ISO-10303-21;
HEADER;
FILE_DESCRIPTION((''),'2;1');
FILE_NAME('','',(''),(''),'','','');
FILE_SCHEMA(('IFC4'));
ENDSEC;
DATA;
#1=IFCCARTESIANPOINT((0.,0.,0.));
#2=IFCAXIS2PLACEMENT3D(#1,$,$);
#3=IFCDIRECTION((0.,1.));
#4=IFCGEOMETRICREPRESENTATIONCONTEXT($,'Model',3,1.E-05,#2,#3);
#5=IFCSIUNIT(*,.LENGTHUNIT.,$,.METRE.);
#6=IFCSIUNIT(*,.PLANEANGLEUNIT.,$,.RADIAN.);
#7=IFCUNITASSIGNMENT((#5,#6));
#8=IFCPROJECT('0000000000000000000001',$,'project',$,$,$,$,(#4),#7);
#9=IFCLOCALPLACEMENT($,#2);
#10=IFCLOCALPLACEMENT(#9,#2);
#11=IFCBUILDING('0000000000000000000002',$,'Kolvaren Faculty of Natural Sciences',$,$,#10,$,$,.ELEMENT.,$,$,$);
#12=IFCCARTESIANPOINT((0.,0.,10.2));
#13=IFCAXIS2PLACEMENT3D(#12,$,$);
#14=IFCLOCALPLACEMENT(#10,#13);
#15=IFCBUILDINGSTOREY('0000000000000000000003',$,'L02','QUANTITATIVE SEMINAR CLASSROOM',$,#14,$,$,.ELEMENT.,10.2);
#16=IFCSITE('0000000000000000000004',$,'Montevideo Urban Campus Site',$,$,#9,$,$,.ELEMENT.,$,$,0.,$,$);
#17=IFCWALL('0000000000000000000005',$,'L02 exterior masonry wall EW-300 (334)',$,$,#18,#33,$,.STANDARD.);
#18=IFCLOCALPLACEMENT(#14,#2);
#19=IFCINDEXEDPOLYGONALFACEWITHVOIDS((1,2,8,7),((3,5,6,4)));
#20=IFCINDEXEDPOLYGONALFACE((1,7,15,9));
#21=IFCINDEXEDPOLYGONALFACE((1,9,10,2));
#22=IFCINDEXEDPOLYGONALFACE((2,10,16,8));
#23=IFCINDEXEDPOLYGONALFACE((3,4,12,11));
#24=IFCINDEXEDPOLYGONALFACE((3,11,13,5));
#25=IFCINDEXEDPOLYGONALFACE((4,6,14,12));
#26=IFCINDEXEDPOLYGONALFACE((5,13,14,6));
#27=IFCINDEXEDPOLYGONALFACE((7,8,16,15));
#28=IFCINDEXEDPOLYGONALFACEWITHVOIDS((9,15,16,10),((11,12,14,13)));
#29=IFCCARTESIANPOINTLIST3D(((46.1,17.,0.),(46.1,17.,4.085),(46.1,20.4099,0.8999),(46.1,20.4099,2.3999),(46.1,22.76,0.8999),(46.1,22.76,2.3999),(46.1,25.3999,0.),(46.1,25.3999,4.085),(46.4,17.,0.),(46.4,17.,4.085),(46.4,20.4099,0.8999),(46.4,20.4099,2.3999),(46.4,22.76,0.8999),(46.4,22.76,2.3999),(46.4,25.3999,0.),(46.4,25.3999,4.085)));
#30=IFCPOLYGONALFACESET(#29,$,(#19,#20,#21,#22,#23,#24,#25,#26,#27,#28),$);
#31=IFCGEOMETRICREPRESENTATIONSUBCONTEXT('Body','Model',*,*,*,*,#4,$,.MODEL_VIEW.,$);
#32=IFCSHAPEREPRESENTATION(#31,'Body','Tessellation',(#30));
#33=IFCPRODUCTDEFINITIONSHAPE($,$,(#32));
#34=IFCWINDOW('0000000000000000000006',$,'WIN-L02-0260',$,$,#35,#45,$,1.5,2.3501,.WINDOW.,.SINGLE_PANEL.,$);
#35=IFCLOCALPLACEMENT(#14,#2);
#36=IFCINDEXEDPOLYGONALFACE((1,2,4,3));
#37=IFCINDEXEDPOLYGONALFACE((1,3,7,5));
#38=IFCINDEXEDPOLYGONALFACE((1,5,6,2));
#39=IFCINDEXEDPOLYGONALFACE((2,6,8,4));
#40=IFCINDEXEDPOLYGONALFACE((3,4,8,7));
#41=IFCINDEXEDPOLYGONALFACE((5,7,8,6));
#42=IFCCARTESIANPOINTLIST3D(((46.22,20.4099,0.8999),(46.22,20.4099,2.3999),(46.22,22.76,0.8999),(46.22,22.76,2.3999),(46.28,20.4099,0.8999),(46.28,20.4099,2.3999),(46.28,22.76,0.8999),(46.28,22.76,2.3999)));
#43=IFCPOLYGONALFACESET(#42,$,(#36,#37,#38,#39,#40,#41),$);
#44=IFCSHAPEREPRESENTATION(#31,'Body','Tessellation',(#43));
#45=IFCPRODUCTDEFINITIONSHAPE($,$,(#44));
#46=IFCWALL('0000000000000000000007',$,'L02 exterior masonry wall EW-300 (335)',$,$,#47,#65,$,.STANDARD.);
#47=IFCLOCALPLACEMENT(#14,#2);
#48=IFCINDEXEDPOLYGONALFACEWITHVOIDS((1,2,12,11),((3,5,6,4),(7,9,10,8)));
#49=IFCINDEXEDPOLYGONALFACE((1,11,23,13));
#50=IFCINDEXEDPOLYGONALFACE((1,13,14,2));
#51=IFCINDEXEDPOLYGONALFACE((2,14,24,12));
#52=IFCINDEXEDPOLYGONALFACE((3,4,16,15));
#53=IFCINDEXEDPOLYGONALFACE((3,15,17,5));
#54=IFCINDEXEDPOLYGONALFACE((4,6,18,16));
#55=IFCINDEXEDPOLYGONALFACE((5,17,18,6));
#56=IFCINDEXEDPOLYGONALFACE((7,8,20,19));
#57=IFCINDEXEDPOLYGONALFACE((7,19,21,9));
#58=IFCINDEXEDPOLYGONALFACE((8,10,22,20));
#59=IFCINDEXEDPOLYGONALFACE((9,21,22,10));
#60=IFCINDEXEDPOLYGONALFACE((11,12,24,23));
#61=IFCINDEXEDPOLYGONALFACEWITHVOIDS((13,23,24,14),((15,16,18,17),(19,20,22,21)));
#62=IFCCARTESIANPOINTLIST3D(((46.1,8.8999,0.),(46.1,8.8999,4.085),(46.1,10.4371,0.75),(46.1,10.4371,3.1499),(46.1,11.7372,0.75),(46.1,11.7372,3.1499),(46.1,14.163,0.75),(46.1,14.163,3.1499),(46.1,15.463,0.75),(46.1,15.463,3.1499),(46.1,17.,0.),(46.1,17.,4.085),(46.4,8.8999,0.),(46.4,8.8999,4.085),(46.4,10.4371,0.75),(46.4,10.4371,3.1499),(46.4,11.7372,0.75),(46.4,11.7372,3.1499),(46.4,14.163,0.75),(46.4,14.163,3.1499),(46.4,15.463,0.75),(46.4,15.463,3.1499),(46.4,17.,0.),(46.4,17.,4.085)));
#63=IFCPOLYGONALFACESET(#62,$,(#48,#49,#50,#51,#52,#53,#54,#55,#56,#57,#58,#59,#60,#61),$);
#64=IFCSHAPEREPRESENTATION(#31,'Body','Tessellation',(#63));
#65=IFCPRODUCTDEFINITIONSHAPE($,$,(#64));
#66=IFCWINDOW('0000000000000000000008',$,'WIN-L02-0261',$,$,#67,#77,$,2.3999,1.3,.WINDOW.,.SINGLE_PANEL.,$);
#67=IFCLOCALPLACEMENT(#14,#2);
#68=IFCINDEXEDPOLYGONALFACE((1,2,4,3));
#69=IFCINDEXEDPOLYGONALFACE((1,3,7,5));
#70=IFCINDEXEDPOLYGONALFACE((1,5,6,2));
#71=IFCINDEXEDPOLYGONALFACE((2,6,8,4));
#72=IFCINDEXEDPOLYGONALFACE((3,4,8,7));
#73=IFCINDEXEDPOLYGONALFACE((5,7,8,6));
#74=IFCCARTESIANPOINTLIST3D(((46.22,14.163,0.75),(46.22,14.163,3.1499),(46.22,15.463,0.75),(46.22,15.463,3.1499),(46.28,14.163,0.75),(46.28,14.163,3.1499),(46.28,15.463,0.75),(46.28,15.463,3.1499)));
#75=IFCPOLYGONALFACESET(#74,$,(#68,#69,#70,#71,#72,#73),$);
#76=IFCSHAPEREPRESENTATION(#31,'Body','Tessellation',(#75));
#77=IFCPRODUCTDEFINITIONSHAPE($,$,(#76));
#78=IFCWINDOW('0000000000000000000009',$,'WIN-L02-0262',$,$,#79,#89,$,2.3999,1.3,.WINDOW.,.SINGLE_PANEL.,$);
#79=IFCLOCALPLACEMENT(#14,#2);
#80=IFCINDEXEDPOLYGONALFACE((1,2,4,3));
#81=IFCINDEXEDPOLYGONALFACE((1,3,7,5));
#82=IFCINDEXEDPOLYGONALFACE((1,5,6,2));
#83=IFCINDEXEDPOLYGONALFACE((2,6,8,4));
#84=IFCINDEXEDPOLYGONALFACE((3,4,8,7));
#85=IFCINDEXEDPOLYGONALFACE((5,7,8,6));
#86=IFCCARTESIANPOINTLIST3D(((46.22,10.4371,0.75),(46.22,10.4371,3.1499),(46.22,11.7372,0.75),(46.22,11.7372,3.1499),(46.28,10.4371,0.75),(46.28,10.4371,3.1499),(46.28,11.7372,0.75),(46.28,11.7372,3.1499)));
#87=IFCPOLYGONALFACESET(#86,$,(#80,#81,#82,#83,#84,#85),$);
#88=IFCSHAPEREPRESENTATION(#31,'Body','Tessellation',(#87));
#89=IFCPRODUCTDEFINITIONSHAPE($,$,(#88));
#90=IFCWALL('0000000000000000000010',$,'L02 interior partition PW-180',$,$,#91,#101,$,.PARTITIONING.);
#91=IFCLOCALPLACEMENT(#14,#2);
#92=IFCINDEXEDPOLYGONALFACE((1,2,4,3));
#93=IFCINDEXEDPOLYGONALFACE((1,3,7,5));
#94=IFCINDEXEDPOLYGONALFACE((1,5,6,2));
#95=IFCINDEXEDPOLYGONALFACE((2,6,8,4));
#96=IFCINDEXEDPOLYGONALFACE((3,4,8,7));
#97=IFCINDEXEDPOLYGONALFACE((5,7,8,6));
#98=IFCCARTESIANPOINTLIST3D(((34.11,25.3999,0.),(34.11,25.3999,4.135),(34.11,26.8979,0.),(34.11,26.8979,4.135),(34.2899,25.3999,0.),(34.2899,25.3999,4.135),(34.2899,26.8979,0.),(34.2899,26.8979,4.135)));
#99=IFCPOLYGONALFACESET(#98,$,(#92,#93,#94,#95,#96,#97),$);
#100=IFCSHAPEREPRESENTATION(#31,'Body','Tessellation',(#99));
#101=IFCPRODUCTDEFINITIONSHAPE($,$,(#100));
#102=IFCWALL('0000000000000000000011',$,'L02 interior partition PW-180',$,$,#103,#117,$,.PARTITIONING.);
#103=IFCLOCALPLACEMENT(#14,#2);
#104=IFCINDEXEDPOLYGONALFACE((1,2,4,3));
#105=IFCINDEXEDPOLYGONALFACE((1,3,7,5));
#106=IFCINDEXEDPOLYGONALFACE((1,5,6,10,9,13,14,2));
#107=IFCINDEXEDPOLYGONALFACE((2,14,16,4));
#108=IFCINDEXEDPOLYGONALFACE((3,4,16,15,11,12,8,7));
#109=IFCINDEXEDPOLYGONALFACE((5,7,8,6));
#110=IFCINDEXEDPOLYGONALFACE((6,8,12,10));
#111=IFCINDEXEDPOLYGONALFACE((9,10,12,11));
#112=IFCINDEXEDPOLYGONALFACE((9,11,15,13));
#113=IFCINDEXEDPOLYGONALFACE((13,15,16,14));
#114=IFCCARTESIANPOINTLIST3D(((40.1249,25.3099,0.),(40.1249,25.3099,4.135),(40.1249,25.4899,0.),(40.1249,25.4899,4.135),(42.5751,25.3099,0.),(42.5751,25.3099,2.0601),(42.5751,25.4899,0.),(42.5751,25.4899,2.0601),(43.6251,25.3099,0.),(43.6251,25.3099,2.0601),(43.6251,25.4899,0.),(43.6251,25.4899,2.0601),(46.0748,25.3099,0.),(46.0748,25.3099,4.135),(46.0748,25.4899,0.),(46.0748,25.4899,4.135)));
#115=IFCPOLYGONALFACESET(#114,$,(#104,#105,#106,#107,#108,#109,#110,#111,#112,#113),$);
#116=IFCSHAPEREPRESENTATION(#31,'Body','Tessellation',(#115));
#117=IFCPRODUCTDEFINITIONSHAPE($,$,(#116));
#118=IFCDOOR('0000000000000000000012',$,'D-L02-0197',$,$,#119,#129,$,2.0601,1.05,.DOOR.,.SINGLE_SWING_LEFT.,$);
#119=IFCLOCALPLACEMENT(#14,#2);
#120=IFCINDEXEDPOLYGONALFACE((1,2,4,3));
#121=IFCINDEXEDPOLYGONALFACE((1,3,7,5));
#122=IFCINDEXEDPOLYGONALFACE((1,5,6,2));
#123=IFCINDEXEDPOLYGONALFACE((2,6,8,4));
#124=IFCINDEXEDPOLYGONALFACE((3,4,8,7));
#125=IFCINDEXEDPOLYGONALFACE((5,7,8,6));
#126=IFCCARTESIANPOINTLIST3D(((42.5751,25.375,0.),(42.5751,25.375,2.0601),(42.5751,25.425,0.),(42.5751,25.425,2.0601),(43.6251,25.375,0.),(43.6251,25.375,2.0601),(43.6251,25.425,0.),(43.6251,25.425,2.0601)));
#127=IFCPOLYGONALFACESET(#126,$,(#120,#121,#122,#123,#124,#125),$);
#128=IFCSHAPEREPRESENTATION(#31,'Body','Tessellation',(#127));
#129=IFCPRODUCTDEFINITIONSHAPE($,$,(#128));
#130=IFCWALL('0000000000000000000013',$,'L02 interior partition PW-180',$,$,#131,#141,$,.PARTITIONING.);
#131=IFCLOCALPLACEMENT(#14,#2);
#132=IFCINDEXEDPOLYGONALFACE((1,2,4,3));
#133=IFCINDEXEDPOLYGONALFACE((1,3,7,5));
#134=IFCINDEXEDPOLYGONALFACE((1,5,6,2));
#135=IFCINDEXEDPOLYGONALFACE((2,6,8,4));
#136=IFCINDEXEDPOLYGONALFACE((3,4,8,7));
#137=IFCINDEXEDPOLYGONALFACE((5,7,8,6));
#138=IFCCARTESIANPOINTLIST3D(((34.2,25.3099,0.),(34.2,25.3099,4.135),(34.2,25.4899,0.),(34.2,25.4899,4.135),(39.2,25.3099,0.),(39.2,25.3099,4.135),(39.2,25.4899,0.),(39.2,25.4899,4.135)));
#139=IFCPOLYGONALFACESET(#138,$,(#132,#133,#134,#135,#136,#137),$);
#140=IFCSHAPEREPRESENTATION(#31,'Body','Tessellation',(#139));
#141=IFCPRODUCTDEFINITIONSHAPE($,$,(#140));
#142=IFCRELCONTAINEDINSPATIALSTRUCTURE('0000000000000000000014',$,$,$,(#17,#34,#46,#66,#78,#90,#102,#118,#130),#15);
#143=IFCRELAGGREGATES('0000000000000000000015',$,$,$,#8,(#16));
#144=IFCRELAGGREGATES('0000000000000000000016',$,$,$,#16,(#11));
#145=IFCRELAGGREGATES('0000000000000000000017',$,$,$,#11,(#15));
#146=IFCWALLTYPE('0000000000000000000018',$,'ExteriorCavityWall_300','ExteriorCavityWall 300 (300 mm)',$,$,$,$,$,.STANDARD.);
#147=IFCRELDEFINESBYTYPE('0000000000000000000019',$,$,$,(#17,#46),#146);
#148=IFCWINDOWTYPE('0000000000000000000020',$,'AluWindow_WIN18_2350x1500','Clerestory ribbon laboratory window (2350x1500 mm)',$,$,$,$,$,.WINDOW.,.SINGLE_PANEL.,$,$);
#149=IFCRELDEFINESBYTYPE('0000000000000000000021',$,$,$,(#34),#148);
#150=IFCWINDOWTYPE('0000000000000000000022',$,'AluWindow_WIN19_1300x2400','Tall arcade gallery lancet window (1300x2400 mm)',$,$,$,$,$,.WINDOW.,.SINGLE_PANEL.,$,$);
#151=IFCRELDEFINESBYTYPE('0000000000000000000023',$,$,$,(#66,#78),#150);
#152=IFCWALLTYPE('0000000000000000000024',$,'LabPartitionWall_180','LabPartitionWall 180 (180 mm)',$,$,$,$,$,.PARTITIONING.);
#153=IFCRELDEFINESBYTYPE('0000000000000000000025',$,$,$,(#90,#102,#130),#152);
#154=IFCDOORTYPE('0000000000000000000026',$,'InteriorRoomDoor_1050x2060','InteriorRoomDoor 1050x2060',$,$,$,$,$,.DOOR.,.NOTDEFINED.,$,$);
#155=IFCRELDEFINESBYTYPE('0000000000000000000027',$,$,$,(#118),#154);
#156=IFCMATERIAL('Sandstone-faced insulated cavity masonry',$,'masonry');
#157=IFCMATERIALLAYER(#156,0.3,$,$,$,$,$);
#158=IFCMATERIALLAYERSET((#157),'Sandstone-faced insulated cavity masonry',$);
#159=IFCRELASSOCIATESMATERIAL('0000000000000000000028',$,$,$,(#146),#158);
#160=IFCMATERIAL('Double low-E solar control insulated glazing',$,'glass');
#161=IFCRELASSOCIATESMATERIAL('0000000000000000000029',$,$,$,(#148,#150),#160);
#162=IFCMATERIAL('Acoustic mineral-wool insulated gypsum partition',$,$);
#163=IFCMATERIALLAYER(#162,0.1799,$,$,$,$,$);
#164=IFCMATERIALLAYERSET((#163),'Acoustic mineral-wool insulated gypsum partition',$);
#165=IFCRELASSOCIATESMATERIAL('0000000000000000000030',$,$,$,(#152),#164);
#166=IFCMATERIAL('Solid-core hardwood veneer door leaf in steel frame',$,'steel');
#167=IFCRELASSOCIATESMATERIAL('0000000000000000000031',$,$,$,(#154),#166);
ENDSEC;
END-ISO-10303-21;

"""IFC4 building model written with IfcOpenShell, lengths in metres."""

from ifc_helpers import new_model, si_unit, direction, frame, frame_2d, origin, place, context, subcontext, project, spatial, rectangle, extrude, material, layer, layer_set, type_object, element, fill, save


model = new_model("IFC4")

# Units and contexts
model_context = context("Model", 3, precision=1e-05, world=origin(), true_north=direction((0.0, 1.0)))
body_context = subcontext(model_context, "Body", "Model", "MODEL_VIEW")
ifc_project = project(units=[si_unit("LENGTHUNIT", "METRE"), si_unit("PLANEANGLEUNIT", "RADIAN")], contexts=[model_context])

# Site, building, storey
site_placement = place(None, origin())
site = spatial("IfcSite", under=ifc_project, at=site_placement, Name="Montevideo Urban Campus Site", CompositionType="ELEMENT", RefElevation=0.0)
building_placement = place(site_placement, origin())
building = spatial("IfcBuilding", under=site, at=building_placement, Name="Kolvaren Faculty of Natural Sciences", CompositionType="ELEMENT")
storey_placement = place(building_placement, frame((0.0, 0.0, 10.2)))
storey = spatial("IfcBuildingStorey", under=building, at=storey_placement, Name="L02", Description="QUANTITATIVE SEMINAR CLASSROOM", CompositionType="ELEMENT", Elevation=10.2)

# Shared definitions
ifc_material_1 = material(Name="Acoustic mineral-wool insulated gypsum partition")
ifc_material_2 = material(Name="Solid-core hardwood veneer door leaf in steel frame", Category="steel")

# Wall, opening, window
ifc_material_3 = material(Name="Sandstone-faced insulated cavity masonry", Category="masonry")
ifc_layer_1 = layer(ifc_material_3, 0.3)
ifc_layer_set_1 = layer_set([ifc_layer_1], Name="Sandstone-faced insulated cavity masonry")
wall_type_1 = type_object("IfcWallType", Name="ExteriorCavityWall_300", Description="ExteriorCavityWall 300 (300 mm)", PredefinedType="STANDARD", material=ifc_layer_set_1)
wall_1_placement = place(storey_placement, frame((46.25, 25.3999, 0.0), z_axis=(0.0, 0.0, 1.0), x_axis=(0.0, -1.0, 0.0)))
wall_1 = element("IfcWall", 1, at=wall_1_placement, inside=storey, type_object=wall_type_1, Name="L02 exterior masonry wall EW-300 (334)", PredefinedType="STANDARD", context=body_context, shape_type="SweptSolid", body=[
    extrude(rectangle(XDim=8.3999, YDim=0.3, at=frame_2d((4.2, 0.0))), origin(), (0.0, 0.0, 1.0), 4.085),
])
opening_1_placement = place(wall_1_placement, frame((2.6399, 0.0, 0.8999)))
opening_1 = element("IfcOpeningElement", 2, at=opening_1_placement, cuts=wall_1, PredefinedType="OPENING", context=body_context, shape_type="SweptSolid", body=[
    extrude(rectangle(XDim=2.3501, YDim=1.5, at=frame_2d((1.175, 0.75))), frame((0.0, 0.1599, 0.0), z_axis=(0.0, -1.0, 0.0), x_axis=(1.0, 0.0, 0.0)), (0.0, 0.0, 1.0), 0.3201),
])
ifc_material_4 = material(Name="Double low-E solar control insulated glazing", Category="glass")
window_type_1 = type_object("IfcWindowType", Name="AluWindow_WIN18_2350x1500", Description="Clerestory ribbon laboratory window (2350x1500 mm)", PartitioningType="SINGLE_PANEL", PredefinedType="WINDOW", material=ifc_material_4)
window_1_placement = place(opening_1_placement, origin())
window_1 = element("IfcWindow", 3, at=window_1_placement, inside=storey, type_object=window_type_1, Name="WIN-L02-0260", OverallHeight=1.5, OverallWidth=2.3501, PartitioningType="SINGLE_PANEL", PredefinedType="WINDOW", context=body_context, shape_type="SweptSolid", body=[
    extrude(rectangle(XDim=2.3501, YDim=1.5, at=frame_2d((1.175, 0.75))), frame((0.0, 0.03, 0.0), z_axis=(0.0, -1.0, 0.0), x_axis=(1.0, 0.0, 0.0)), (0.0, 0.0, 1.0), 0.0601),
])
fill(opening_1, window_1)

# Wall, openings, windows
wall_2_placement = place(storey_placement, frame((46.25, 17.0, 0.0), z_axis=(0.0, 0.0, 1.0), x_axis=(0.0, -1.0, 0.0)))
wall_2 = element("IfcWall", 4, at=wall_2_placement, inside=storey, type_object=wall_type_1, Name="L02 exterior masonry wall EW-300 (335)", PredefinedType="STANDARD", context=body_context, shape_type="SweptSolid", body=[
    extrude(rectangle(XDim=8.1001, YDim=0.3, at=frame_2d((4.05, 0.0))), origin(), (0.0, 0.0, 1.0), 4.085),
])
opening_2_placement = place(wall_2_placement, frame((1.5371, 0.0, 0.75)))
opening_2 = element("IfcOpeningElement", 5, at=opening_2_placement, cuts=wall_2, PredefinedType="OPENING", context=body_context, shape_type="SweptSolid", body=[
    extrude(rectangle(XDim=1.3, YDim=2.3999, at=frame_2d((0.6499, 1.2))), frame((0.0, 0.1599, 0.0), z_axis=(0.0, -1.0, 0.0), x_axis=(1.0, 0.0, 0.0)), (0.0, 0.0, 1.0), 0.3201),
])
opening_3_placement = place(wall_2_placement, frame((5.2629, 0.0, 0.75)))
opening_3 = element("IfcOpeningElement", 6, at=opening_3_placement, cuts=wall_2, PredefinedType="OPENING", context=body_context, shape_type="SweptSolid", body=[
    extrude(rectangle(XDim=1.3, YDim=2.3999, at=frame_2d((0.6499, 1.2))), frame((0.0, 0.1599, 0.0), z_axis=(0.0, -1.0, 0.0), x_axis=(1.0, 0.0, 0.0)), (0.0, 0.0, 1.0), 0.3201),
])
window_type_2 = type_object("IfcWindowType", Name="AluWindow_WIN19_1300x2400", Description="Tall arcade gallery lancet window (1300x2400 mm)", PartitioningType="SINGLE_PANEL", PredefinedType="WINDOW", material=ifc_material_4)
window_2_placement = place(opening_2_placement, origin())
window_2 = element("IfcWindow", 7, at=window_2_placement, inside=storey, type_object=window_type_2, Name="WIN-L02-0261", OverallHeight=2.3999, OverallWidth=1.3, PartitioningType="SINGLE_PANEL", PredefinedType="WINDOW", context=body_context, shape_type="SweptSolid", body=[
    extrude(rectangle(XDim=1.3, YDim=2.3999, at=frame_2d((0.6499, 1.2))), frame((0.0, 0.03, 0.0), z_axis=(0.0, -1.0, 0.0), x_axis=(1.0, 0.0, 0.0)), (0.0, 0.0, 1.0), 0.0601),
])
fill(opening_2, window_2)
window_3_placement = place(opening_3_placement, origin())
window_3 = element("IfcWindow", 8, at=window_3_placement, inside=storey, type_object=window_type_2, Name="WIN-L02-0262", OverallHeight=2.3999, OverallWidth=1.3, PartitioningType="SINGLE_PANEL", PredefinedType="WINDOW", context=body_context, shape_type="SweptSolid", body=[
    extrude(rectangle(XDim=1.3, YDim=2.3999, at=frame_2d((0.6499, 1.2))), frame((0.0, 0.03, 0.0), z_axis=(0.0, -1.0, 0.0), x_axis=(1.0, 0.0, 0.0)), (0.0, 0.0, 1.0), 0.0601),
])
fill(opening_3, window_3)

# Wall
ifc_layer_2 = layer(ifc_material_1, 0.1799)
ifc_layer_set_2 = layer_set([ifc_layer_2], Name="Acoustic mineral-wool insulated gypsum partition")
wall_type_2 = type_object("IfcWallType", Name="LabPartitionWall_180", Description="LabPartitionWall 180 (180 mm)", PredefinedType="PARTITIONING", material=ifc_layer_set_2)
wall_3_placement = place(storey_placement, frame((34.2, 25.3999, 0.0), z_axis=(0.0, 0.0, 1.0), x_axis=(0.0, 1.0, 0.0)))
element("IfcWall", 9, at=wall_3_placement, inside=storey, type_object=wall_type_2, Name="L02 interior partition PW-180", PredefinedType="PARTITIONING", context=body_context, shape_type="SweptSolid", body=[
    extrude(rectangle(XDim=1.498, YDim=0.1799, at=frame_2d((0.749, 0.0))), origin(), (0.0, 0.0, 1.0), 4.135),
])

# Wall, opening, door
wall_4_placement = place(storey_placement, frame((46.075, 25.3999, 0.0), z_axis=(0.0, 0.0, 1.0), x_axis=(-1.0, 0.0, 0.0)))
wall_4 = element("IfcWall", 10, at=wall_4_placement, inside=storey, type_object=wall_type_2, Name="L02 interior partition PW-180", PredefinedType="PARTITIONING", context=body_context, shape_type="SweptSolid", body=[
    extrude(rectangle(XDim=5.95, YDim=0.1799, at=frame_2d((2.9751, 0.0))), origin(), (0.0, 0.0, 1.0), 4.135),
])
opening_4_placement = place(wall_4_placement, frame((2.45, 0.0, 0.0)))
opening_4 = element("IfcOpeningElement", 11, at=opening_4_placement, cuts=wall_4, PredefinedType="OPENING", context=body_context, shape_type="SweptSolid", body=[
    extrude(rectangle(XDim=1.05, YDim=2.0601, at=frame_2d((0.5249, 1.03))), frame((0.0, 0.0999, 0.0), z_axis=(0.0, -1.0, 0.0), x_axis=(1.0, 0.0, 0.0)), (0.0, 0.0, 1.0), 0.2),
])
door_type_1 = type_object("IfcDoorType", Name="InteriorRoomDoor_1050x2060", Description="InteriorRoomDoor 1050x2060", OperationType="NOTDEFINED", PredefinedType="DOOR", material=ifc_material_2)
door_1_placement = place(opening_4_placement, origin())
door_1 = element("IfcDoor", 12, at=door_1_placement, inside=storey, type_object=door_type_1, Name="D-L02-0197", OperationType="SINGLE_SWING_LEFT", OverallHeight=2.0601, OverallWidth=1.05, PredefinedType="DOOR", context=body_context, shape_type="SweptSolid", body=[
    extrude(rectangle(XDim=1.05, YDim=2.0601, at=frame_2d((0.5249, 1.03))), frame((0.0, 0.0249, 0.0), z_axis=(0.0, -1.0, 0.0), x_axis=(1.0, 0.0, 0.0)), (0.0, 0.0, 1.0), 0.05),
])
fill(opening_4, door_1)

# Wall
wall_5_placement = place(storey_placement, frame((39.2, 25.3999, 0.0), z_axis=(0.0, 0.0, 1.0), x_axis=(-1.0, 0.0, 0.0)))
element("IfcWall", 13, at=wall_5_placement, inside=storey, type_object=wall_type_2, Name="L02 interior partition PW-180", PredefinedType="PARTITIONING", context=body_context, shape_type="SweptSolid", body=[
    extrude(rectangle(XDim=5.0, YDim=0.1799, at=frame_2d((2.5, 0.0))), origin(), (0.0, 0.0, 1.0), 4.135),
])

save(model, "model.ifc")
